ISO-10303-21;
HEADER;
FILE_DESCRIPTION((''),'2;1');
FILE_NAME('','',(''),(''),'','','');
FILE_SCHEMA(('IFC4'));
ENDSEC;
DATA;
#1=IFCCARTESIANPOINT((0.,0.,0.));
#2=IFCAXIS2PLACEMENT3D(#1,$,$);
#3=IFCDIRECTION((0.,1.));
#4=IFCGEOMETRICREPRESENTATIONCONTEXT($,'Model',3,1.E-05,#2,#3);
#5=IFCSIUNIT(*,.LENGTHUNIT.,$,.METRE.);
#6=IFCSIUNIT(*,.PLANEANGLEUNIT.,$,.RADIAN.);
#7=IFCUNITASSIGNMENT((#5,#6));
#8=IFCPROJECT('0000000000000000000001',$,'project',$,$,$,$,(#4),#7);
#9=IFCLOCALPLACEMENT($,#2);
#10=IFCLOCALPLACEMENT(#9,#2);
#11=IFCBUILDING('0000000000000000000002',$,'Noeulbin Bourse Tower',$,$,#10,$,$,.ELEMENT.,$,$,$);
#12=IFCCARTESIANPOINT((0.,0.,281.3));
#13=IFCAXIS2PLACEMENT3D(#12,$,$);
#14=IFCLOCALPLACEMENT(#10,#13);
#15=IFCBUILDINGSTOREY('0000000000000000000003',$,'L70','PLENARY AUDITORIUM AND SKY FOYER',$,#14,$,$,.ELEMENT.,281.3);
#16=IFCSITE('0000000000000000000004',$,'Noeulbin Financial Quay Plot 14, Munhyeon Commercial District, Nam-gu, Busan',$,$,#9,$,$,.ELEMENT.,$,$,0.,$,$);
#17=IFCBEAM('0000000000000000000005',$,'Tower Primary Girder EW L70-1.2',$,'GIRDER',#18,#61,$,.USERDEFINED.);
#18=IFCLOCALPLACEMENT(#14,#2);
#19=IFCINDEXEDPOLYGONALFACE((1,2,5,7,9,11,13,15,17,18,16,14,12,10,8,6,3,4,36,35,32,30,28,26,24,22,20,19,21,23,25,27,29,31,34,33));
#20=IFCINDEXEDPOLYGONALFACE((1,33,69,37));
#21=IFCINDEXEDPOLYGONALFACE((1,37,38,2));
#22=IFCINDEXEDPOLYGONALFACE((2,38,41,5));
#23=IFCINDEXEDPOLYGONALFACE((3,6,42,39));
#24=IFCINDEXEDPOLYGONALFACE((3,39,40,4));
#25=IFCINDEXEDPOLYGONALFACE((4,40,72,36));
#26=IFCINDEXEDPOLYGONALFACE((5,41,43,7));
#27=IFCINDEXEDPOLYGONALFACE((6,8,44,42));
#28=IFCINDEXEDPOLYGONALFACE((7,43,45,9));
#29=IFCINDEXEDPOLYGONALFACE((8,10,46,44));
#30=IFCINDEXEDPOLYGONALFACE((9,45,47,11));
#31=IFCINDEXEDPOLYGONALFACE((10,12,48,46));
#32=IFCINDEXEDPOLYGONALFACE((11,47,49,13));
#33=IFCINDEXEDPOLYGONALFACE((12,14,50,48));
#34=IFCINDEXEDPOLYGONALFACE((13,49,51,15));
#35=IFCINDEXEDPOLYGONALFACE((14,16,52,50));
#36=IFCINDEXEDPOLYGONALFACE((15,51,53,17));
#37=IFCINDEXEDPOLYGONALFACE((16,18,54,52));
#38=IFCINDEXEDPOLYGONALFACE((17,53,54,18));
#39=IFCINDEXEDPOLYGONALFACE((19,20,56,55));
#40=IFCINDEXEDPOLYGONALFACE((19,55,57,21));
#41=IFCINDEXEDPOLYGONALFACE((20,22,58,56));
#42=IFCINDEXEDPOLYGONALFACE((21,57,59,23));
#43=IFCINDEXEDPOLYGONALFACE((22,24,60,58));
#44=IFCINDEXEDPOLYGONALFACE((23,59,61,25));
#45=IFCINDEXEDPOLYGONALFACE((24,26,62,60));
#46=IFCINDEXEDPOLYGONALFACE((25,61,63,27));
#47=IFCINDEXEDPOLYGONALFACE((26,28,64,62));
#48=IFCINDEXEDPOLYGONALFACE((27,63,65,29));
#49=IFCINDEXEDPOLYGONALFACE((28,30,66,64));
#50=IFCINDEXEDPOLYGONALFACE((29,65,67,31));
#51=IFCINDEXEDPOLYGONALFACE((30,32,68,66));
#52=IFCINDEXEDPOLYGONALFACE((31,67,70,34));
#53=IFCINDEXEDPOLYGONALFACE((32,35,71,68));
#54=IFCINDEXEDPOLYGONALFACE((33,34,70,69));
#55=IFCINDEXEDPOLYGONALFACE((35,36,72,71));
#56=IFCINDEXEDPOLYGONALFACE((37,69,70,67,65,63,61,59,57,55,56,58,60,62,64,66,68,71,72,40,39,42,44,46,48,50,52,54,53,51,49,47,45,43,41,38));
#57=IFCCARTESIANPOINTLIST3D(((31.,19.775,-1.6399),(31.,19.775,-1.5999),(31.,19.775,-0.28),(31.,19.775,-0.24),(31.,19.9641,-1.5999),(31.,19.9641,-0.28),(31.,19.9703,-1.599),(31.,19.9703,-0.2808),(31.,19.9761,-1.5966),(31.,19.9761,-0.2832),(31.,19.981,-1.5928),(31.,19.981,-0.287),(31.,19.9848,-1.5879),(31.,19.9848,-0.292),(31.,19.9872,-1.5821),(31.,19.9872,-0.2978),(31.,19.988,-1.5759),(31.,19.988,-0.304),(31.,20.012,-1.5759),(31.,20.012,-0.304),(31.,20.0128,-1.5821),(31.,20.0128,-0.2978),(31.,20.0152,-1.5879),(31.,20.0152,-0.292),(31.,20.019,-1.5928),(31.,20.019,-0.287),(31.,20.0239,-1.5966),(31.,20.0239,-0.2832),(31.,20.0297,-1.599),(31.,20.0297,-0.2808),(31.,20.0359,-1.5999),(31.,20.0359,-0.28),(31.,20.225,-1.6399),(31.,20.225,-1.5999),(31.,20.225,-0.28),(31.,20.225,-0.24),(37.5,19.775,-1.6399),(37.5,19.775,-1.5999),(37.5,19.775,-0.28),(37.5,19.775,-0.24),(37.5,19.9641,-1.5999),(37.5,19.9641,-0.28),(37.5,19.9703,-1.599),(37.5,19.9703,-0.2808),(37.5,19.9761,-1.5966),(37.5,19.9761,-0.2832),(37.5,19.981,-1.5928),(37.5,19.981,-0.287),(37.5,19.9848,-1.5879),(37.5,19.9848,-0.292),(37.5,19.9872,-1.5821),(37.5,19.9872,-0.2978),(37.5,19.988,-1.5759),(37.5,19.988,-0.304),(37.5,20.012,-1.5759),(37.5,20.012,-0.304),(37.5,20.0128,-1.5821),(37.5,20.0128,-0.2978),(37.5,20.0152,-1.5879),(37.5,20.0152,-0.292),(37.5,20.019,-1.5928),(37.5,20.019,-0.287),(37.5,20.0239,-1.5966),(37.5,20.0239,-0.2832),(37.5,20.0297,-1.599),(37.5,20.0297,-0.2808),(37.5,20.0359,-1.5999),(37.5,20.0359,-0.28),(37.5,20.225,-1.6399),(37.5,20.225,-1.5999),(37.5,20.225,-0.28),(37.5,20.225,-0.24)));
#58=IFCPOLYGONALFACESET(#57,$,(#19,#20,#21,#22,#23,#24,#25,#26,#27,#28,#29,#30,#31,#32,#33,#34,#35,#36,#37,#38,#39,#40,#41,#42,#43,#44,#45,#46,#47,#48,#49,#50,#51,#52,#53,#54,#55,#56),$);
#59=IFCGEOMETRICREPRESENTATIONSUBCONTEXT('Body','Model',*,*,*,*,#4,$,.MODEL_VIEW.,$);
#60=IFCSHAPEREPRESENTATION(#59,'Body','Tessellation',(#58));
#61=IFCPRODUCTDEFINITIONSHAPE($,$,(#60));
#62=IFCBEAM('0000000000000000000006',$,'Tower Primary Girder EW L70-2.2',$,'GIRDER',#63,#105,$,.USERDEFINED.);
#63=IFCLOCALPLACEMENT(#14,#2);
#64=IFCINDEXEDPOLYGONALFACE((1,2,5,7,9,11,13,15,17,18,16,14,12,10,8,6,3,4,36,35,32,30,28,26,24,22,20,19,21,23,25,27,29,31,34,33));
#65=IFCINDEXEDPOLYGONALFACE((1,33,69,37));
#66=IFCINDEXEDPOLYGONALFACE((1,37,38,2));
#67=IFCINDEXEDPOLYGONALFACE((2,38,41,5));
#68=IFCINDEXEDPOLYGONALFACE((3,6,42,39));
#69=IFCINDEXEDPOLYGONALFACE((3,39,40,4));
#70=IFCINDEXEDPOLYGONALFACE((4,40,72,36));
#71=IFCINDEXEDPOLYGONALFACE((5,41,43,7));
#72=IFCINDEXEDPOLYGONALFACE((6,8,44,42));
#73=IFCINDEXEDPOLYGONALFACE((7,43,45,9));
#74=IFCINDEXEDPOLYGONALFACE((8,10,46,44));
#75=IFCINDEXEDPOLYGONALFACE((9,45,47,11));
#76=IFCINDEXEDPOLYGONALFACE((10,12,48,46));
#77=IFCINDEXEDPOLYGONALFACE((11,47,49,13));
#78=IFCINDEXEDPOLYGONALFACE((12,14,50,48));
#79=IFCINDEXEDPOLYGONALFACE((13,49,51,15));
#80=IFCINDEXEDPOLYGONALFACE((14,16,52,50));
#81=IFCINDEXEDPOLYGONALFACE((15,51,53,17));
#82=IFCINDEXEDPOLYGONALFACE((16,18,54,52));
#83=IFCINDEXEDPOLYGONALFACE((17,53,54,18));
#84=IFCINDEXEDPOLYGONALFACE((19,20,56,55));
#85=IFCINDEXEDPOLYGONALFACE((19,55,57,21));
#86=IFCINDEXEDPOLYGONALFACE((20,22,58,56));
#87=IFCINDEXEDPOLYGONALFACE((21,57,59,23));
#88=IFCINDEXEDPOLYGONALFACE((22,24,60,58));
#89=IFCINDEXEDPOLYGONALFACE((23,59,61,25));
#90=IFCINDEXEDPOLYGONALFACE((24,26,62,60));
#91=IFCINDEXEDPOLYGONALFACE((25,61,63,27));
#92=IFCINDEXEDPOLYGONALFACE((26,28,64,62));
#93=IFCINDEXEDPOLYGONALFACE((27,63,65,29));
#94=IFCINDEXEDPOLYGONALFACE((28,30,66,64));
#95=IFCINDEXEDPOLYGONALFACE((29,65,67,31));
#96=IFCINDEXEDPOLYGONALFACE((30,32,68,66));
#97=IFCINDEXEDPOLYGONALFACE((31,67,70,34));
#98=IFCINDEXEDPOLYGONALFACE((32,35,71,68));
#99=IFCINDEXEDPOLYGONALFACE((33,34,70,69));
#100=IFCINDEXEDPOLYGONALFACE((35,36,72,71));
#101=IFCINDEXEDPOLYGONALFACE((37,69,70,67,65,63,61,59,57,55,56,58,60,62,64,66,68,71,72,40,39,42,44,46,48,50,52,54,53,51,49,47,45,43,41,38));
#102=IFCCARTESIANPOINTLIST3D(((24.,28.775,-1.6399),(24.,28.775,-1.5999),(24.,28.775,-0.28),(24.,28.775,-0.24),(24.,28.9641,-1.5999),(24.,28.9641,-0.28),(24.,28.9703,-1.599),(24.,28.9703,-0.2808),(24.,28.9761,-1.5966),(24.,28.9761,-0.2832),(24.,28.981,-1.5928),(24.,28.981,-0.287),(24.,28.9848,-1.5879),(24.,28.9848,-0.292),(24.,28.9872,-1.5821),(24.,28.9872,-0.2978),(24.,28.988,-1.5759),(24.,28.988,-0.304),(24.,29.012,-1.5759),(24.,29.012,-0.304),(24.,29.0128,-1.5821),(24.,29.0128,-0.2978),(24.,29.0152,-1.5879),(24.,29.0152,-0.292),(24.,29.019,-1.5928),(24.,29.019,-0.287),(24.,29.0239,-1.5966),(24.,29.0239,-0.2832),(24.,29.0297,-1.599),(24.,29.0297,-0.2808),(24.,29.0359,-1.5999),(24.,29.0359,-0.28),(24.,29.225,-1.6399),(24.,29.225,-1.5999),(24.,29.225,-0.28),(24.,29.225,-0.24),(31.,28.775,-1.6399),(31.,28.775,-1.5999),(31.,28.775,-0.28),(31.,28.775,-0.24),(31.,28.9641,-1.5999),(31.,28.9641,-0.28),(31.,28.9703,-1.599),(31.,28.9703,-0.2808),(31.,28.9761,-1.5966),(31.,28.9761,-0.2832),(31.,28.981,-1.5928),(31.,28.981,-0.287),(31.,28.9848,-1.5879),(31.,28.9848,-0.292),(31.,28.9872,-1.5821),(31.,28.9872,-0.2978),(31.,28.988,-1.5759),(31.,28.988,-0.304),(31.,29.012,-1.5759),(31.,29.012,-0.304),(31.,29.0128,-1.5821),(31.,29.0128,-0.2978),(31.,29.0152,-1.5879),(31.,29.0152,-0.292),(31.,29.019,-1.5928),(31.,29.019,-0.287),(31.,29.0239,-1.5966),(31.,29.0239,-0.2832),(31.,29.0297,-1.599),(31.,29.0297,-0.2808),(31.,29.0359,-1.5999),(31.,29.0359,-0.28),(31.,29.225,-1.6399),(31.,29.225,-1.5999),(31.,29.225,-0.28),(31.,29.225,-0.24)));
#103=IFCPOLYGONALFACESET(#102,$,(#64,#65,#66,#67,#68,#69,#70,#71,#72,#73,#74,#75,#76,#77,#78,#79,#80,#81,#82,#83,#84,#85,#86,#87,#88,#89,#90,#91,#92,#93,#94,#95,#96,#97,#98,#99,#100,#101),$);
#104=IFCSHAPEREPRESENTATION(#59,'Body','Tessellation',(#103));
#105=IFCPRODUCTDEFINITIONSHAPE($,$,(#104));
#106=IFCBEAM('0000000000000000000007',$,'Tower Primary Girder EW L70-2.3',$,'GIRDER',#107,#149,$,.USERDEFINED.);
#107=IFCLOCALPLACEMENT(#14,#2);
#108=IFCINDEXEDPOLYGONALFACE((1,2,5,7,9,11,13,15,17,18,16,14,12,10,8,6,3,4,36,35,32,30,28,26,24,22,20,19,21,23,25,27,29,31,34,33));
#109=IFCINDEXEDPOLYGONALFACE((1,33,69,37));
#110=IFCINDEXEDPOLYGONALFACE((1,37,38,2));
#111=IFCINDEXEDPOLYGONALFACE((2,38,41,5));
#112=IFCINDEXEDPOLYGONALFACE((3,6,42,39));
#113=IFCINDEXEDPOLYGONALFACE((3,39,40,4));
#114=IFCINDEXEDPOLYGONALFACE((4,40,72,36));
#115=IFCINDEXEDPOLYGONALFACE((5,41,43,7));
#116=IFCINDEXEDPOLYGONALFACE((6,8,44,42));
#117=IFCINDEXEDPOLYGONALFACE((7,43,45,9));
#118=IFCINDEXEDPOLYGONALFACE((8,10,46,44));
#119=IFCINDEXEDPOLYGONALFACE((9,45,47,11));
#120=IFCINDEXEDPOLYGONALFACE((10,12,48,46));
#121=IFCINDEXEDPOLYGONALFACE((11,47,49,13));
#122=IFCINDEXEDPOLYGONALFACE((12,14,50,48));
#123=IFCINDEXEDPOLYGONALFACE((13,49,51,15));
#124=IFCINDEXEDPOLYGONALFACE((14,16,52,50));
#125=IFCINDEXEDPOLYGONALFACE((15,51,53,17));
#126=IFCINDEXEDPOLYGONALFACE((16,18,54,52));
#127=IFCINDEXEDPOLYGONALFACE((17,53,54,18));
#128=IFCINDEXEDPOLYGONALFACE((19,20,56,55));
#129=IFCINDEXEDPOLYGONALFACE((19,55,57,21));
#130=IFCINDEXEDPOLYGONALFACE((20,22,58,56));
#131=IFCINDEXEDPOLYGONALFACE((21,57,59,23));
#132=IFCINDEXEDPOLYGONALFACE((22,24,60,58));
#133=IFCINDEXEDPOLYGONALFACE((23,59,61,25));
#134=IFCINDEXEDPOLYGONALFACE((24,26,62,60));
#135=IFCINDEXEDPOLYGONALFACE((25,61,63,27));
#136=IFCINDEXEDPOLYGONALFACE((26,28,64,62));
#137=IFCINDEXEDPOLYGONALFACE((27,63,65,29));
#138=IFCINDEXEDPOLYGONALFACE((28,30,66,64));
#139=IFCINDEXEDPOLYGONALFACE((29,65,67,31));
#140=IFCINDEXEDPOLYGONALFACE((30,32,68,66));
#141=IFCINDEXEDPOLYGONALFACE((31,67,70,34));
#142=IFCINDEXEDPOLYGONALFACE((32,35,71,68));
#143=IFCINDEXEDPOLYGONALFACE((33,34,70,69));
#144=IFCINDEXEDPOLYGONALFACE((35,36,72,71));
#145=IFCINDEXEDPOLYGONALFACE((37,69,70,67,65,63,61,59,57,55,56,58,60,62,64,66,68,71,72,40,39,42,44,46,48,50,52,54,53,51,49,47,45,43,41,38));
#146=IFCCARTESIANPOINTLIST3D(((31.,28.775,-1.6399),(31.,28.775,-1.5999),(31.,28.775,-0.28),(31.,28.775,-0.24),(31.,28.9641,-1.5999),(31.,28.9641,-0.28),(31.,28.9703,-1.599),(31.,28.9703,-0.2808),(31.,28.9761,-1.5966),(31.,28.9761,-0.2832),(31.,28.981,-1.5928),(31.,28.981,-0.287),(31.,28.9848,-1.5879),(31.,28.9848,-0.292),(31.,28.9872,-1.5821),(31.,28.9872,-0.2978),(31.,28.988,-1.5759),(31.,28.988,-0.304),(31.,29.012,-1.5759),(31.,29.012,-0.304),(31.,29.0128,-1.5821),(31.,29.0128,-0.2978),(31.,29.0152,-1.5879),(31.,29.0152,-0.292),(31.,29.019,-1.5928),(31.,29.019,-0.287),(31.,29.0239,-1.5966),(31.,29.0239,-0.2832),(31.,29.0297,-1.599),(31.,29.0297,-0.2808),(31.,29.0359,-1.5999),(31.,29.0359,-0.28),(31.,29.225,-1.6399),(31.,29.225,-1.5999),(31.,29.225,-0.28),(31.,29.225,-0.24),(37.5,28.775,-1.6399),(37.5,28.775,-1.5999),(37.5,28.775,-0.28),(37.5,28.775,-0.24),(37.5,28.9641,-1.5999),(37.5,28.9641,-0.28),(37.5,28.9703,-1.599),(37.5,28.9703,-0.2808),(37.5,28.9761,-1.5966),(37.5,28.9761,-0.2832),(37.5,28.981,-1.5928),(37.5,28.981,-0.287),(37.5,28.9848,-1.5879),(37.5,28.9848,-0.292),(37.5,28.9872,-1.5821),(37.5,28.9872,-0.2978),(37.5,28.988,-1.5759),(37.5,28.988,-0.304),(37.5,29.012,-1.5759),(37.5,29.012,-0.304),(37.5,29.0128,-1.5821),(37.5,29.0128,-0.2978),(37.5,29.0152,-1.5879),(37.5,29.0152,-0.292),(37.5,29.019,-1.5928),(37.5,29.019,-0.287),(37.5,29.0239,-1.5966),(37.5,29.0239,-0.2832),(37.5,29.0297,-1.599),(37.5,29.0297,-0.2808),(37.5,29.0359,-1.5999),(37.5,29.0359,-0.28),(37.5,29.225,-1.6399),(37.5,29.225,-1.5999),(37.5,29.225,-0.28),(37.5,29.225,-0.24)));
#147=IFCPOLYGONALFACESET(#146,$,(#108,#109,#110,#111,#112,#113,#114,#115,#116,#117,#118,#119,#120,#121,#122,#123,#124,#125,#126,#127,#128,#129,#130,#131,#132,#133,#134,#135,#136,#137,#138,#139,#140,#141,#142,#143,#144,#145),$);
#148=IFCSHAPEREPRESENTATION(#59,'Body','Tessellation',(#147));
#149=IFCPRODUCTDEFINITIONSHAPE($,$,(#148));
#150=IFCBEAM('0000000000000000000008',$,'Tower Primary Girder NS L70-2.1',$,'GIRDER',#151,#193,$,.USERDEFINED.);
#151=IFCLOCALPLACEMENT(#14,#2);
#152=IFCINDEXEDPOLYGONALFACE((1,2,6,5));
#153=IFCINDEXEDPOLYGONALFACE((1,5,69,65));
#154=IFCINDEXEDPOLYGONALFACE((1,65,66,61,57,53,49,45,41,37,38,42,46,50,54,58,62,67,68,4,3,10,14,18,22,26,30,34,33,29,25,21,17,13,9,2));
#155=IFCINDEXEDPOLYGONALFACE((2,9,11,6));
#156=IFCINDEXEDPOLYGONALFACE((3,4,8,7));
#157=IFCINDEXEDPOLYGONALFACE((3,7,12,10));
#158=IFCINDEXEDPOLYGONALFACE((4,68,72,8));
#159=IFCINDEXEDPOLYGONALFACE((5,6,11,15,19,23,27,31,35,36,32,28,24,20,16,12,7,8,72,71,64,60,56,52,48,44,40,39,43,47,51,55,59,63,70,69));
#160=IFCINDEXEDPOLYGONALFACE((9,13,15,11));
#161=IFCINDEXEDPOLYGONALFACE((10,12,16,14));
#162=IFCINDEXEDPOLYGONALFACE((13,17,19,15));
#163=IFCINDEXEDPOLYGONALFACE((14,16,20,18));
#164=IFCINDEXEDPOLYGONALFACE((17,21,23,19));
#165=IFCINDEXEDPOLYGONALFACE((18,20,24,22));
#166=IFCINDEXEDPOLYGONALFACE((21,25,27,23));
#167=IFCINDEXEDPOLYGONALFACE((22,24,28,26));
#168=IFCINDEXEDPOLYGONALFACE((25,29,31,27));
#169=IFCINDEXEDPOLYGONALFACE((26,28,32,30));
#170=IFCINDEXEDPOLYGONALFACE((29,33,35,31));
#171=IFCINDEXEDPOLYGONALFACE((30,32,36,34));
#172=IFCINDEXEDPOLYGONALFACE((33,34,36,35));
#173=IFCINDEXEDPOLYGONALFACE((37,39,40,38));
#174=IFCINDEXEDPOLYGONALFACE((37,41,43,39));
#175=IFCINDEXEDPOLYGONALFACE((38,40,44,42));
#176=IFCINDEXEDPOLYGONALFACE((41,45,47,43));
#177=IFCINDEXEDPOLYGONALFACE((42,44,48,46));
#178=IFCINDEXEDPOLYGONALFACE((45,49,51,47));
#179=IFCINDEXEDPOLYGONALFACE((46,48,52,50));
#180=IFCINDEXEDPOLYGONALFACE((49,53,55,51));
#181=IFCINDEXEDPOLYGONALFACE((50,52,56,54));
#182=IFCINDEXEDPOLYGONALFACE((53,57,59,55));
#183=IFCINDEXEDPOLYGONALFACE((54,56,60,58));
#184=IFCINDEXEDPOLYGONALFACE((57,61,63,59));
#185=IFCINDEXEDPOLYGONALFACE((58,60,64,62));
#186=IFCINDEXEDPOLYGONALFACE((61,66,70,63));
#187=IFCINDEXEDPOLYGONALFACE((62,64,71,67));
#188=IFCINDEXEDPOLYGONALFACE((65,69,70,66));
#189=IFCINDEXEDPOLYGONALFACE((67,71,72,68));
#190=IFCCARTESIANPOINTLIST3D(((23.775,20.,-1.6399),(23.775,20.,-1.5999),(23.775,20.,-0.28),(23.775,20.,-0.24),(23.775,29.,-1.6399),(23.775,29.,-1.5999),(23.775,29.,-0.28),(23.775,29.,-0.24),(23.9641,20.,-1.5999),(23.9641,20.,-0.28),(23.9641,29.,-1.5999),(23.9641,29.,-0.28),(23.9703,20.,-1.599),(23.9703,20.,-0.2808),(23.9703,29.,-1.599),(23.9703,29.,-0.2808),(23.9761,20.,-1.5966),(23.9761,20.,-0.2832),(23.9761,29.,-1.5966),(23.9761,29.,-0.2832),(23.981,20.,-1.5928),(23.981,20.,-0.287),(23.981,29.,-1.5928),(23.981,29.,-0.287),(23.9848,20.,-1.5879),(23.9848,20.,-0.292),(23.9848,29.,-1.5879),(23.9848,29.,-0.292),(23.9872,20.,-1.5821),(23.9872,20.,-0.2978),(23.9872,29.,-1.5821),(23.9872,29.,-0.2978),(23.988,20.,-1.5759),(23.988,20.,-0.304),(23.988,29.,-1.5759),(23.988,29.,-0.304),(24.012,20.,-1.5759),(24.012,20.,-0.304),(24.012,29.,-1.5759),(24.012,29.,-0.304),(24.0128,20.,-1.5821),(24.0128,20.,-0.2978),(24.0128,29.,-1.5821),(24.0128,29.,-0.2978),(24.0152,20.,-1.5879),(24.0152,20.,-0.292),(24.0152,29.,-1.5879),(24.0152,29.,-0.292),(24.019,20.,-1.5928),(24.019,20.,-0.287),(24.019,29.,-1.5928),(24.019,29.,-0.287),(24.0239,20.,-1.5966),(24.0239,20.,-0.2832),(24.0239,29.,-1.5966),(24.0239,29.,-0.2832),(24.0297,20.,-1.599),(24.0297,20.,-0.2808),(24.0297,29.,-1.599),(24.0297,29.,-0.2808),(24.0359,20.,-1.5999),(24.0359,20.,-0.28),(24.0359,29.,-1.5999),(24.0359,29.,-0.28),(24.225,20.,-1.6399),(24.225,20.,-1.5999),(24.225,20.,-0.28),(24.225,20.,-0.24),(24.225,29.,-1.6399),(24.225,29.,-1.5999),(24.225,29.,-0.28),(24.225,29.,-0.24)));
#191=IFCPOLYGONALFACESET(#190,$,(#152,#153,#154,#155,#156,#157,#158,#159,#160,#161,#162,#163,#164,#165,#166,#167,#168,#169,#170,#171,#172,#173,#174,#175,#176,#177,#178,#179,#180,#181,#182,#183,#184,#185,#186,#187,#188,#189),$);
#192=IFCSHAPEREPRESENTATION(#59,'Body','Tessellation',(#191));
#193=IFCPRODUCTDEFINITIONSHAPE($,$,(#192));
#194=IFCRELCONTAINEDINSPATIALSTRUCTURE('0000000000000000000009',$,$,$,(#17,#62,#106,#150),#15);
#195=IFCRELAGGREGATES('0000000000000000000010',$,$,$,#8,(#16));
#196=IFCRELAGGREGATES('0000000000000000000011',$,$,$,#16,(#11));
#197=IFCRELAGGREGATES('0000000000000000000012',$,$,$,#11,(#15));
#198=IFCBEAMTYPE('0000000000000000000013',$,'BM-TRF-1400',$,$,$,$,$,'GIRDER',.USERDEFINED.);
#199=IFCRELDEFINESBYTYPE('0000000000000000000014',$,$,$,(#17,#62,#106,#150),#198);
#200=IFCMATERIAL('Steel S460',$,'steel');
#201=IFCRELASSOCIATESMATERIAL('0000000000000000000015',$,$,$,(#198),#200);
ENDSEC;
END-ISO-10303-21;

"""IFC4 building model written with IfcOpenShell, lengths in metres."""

from ifc_helpers import new_model, si_unit, direction, frame, origin, origin_2d, place, context, subcontext, project, spatial, i_section, extrude, material, material_profile, profile_set, type_object, element, save


model = new_model("IFC4")

# Units and contexts
model_context = context("Model", 3, precision=1e-05, world=origin(), true_north=direction((0.0, 1.0)))
body_context = subcontext(model_context, "Body", "Model", "MODEL_VIEW")
ifc_project = project(units=[si_unit("LENGTHUNIT", "METRE"), si_unit("PLANEANGLEUNIT", "RADIAN")], contexts=[model_context])

# Site, building, storey
site_placement = place(None, origin())
site = spatial("IfcSite", under=ifc_project, at=site_placement, Name="Noeulbin Financial Quay Plot 14, Munhyeon Commercial District, Nam-gu, Busan", CompositionType="ELEMENT", RefElevation=0.0)
building_placement = place(site_placement, origin())
building = spatial("IfcBuilding", under=site, at=building_placement, Name="Noeulbin Bourse Tower", CompositionType="ELEMENT")
storey_placement = place(building_placement, frame((0.0, 0.0, 281.3)))
storey = spatial("IfcBuildingStorey", under=building, at=storey_placement, Name="L70", Description="PLENARY AUDITORIUM AND SKY FOYER", CompositionType="ELEMENT", Elevation=281.3)

# Beams
ifc_material_1 = material(Name="Steel S460", Category="steel")
ifc_material_profile_1 = material_profile(ifc_material_1, i_section(OverallWidth=0.45, OverallDepth=1.3999, WebThickness=0.0239, FlangeThickness=0.04, FilletRadius=0.0239, at=origin_2d()), Name="PG-1400x450x24x40", Category="LoadBearing")
ifc_profile_set_1 = profile_set([ifc_material_profile_1], Name="Steel S460")
beam_type_1 = type_object("IfcBeamType", Name="BM-TRF-1400", ElementType="GIRDER", PredefinedType="USERDEFINED", material=ifc_profile_set_1)
beam_1_placement = place(storey_placement, frame((31.0, 20.0, -0.9399), z_axis=(1.0, 0.0, 0.0), x_axis=(0.0, 1.0, 0.0)))
element("IfcBeam", 1, at=beam_1_placement, inside=storey, type_object=beam_type_1, Name="Tower Primary Girder EW L70-1.2", ObjectType="GIRDER", PredefinedType="USERDEFINED", context=body_context, shape_type="SweptSolid", body=[
    extrude(i_section(OverallWidth=0.45, OverallDepth=1.3999, WebThickness=0.0239, FlangeThickness=0.04, FilletRadius=0.0239, at=origin_2d()), origin(), (0.0, 0.0, 1.0), 6.5),
])
beam_2_placement = place(storey_placement, frame((24.0, 29.0, -0.9399), z_axis=(1.0, 0.0, 0.0), x_axis=(0.0, 1.0, 0.0)))
element("IfcBeam", 2, at=beam_2_placement, inside=storey, type_object=beam_type_1, Name="Tower Primary Girder EW L70-2.2", ObjectType="GIRDER", PredefinedType="USERDEFINED", context=body_context, shape_type="SweptSolid", body=[
    extrude(i_section(OverallWidth=0.45, OverallDepth=1.3999, WebThickness=0.0239, FlangeThickness=0.04, FilletRadius=0.0239, at=origin_2d()), origin(), (0.0, 0.0, 1.0), 7.0),
])
beam_3_placement = place(storey_placement, frame((31.0, 29.0, -0.9399), z_axis=(1.0, 0.0, 0.0), x_axis=(0.0, 1.0, 0.0)))
element("IfcBeam", 3, at=beam_3_placement, inside=storey, type_object=beam_type_1, Name="Tower Primary Girder EW L70-2.3", ObjectType="GIRDER", PredefinedType="USERDEFINED", context=body_context, shape_type="SweptSolid", body=[
    extrude(i_section(OverallWidth=0.45, OverallDepth=1.3999, WebThickness=0.0239, FlangeThickness=0.04, FilletRadius=0.0239, at=origin_2d()), origin(), (0.0, 0.0, 1.0), 6.5),
])
for number, where, z_axis, x_axis, name in (
    (4, (24.0, 20.0, -0.9399), (0.0, 1.0, 0.0), (-1.0, 0.0, 0.0), "Tower Primary Girder NS L70-2.1"),
):
    element("IfcBeam", number, at=place(storey_placement, frame(where, z_axis=z_axis, x_axis=x_axis)), inside=storey, type_object=beam_type_1, Name=name, ObjectType="GIRDER", PredefinedType="USERDEFINED", context=body_context, shape_type="SweptSolid", body=[
        extrude(i_section(OverallWidth=0.45, OverallDepth=1.3999, WebThickness=0.0239, FlangeThickness=0.04, FilletRadius=0.0239, at=origin_2d()), origin(), (0.0, 0.0, 1.0), 9.0),
    ])

save(model, "model.ifc")
